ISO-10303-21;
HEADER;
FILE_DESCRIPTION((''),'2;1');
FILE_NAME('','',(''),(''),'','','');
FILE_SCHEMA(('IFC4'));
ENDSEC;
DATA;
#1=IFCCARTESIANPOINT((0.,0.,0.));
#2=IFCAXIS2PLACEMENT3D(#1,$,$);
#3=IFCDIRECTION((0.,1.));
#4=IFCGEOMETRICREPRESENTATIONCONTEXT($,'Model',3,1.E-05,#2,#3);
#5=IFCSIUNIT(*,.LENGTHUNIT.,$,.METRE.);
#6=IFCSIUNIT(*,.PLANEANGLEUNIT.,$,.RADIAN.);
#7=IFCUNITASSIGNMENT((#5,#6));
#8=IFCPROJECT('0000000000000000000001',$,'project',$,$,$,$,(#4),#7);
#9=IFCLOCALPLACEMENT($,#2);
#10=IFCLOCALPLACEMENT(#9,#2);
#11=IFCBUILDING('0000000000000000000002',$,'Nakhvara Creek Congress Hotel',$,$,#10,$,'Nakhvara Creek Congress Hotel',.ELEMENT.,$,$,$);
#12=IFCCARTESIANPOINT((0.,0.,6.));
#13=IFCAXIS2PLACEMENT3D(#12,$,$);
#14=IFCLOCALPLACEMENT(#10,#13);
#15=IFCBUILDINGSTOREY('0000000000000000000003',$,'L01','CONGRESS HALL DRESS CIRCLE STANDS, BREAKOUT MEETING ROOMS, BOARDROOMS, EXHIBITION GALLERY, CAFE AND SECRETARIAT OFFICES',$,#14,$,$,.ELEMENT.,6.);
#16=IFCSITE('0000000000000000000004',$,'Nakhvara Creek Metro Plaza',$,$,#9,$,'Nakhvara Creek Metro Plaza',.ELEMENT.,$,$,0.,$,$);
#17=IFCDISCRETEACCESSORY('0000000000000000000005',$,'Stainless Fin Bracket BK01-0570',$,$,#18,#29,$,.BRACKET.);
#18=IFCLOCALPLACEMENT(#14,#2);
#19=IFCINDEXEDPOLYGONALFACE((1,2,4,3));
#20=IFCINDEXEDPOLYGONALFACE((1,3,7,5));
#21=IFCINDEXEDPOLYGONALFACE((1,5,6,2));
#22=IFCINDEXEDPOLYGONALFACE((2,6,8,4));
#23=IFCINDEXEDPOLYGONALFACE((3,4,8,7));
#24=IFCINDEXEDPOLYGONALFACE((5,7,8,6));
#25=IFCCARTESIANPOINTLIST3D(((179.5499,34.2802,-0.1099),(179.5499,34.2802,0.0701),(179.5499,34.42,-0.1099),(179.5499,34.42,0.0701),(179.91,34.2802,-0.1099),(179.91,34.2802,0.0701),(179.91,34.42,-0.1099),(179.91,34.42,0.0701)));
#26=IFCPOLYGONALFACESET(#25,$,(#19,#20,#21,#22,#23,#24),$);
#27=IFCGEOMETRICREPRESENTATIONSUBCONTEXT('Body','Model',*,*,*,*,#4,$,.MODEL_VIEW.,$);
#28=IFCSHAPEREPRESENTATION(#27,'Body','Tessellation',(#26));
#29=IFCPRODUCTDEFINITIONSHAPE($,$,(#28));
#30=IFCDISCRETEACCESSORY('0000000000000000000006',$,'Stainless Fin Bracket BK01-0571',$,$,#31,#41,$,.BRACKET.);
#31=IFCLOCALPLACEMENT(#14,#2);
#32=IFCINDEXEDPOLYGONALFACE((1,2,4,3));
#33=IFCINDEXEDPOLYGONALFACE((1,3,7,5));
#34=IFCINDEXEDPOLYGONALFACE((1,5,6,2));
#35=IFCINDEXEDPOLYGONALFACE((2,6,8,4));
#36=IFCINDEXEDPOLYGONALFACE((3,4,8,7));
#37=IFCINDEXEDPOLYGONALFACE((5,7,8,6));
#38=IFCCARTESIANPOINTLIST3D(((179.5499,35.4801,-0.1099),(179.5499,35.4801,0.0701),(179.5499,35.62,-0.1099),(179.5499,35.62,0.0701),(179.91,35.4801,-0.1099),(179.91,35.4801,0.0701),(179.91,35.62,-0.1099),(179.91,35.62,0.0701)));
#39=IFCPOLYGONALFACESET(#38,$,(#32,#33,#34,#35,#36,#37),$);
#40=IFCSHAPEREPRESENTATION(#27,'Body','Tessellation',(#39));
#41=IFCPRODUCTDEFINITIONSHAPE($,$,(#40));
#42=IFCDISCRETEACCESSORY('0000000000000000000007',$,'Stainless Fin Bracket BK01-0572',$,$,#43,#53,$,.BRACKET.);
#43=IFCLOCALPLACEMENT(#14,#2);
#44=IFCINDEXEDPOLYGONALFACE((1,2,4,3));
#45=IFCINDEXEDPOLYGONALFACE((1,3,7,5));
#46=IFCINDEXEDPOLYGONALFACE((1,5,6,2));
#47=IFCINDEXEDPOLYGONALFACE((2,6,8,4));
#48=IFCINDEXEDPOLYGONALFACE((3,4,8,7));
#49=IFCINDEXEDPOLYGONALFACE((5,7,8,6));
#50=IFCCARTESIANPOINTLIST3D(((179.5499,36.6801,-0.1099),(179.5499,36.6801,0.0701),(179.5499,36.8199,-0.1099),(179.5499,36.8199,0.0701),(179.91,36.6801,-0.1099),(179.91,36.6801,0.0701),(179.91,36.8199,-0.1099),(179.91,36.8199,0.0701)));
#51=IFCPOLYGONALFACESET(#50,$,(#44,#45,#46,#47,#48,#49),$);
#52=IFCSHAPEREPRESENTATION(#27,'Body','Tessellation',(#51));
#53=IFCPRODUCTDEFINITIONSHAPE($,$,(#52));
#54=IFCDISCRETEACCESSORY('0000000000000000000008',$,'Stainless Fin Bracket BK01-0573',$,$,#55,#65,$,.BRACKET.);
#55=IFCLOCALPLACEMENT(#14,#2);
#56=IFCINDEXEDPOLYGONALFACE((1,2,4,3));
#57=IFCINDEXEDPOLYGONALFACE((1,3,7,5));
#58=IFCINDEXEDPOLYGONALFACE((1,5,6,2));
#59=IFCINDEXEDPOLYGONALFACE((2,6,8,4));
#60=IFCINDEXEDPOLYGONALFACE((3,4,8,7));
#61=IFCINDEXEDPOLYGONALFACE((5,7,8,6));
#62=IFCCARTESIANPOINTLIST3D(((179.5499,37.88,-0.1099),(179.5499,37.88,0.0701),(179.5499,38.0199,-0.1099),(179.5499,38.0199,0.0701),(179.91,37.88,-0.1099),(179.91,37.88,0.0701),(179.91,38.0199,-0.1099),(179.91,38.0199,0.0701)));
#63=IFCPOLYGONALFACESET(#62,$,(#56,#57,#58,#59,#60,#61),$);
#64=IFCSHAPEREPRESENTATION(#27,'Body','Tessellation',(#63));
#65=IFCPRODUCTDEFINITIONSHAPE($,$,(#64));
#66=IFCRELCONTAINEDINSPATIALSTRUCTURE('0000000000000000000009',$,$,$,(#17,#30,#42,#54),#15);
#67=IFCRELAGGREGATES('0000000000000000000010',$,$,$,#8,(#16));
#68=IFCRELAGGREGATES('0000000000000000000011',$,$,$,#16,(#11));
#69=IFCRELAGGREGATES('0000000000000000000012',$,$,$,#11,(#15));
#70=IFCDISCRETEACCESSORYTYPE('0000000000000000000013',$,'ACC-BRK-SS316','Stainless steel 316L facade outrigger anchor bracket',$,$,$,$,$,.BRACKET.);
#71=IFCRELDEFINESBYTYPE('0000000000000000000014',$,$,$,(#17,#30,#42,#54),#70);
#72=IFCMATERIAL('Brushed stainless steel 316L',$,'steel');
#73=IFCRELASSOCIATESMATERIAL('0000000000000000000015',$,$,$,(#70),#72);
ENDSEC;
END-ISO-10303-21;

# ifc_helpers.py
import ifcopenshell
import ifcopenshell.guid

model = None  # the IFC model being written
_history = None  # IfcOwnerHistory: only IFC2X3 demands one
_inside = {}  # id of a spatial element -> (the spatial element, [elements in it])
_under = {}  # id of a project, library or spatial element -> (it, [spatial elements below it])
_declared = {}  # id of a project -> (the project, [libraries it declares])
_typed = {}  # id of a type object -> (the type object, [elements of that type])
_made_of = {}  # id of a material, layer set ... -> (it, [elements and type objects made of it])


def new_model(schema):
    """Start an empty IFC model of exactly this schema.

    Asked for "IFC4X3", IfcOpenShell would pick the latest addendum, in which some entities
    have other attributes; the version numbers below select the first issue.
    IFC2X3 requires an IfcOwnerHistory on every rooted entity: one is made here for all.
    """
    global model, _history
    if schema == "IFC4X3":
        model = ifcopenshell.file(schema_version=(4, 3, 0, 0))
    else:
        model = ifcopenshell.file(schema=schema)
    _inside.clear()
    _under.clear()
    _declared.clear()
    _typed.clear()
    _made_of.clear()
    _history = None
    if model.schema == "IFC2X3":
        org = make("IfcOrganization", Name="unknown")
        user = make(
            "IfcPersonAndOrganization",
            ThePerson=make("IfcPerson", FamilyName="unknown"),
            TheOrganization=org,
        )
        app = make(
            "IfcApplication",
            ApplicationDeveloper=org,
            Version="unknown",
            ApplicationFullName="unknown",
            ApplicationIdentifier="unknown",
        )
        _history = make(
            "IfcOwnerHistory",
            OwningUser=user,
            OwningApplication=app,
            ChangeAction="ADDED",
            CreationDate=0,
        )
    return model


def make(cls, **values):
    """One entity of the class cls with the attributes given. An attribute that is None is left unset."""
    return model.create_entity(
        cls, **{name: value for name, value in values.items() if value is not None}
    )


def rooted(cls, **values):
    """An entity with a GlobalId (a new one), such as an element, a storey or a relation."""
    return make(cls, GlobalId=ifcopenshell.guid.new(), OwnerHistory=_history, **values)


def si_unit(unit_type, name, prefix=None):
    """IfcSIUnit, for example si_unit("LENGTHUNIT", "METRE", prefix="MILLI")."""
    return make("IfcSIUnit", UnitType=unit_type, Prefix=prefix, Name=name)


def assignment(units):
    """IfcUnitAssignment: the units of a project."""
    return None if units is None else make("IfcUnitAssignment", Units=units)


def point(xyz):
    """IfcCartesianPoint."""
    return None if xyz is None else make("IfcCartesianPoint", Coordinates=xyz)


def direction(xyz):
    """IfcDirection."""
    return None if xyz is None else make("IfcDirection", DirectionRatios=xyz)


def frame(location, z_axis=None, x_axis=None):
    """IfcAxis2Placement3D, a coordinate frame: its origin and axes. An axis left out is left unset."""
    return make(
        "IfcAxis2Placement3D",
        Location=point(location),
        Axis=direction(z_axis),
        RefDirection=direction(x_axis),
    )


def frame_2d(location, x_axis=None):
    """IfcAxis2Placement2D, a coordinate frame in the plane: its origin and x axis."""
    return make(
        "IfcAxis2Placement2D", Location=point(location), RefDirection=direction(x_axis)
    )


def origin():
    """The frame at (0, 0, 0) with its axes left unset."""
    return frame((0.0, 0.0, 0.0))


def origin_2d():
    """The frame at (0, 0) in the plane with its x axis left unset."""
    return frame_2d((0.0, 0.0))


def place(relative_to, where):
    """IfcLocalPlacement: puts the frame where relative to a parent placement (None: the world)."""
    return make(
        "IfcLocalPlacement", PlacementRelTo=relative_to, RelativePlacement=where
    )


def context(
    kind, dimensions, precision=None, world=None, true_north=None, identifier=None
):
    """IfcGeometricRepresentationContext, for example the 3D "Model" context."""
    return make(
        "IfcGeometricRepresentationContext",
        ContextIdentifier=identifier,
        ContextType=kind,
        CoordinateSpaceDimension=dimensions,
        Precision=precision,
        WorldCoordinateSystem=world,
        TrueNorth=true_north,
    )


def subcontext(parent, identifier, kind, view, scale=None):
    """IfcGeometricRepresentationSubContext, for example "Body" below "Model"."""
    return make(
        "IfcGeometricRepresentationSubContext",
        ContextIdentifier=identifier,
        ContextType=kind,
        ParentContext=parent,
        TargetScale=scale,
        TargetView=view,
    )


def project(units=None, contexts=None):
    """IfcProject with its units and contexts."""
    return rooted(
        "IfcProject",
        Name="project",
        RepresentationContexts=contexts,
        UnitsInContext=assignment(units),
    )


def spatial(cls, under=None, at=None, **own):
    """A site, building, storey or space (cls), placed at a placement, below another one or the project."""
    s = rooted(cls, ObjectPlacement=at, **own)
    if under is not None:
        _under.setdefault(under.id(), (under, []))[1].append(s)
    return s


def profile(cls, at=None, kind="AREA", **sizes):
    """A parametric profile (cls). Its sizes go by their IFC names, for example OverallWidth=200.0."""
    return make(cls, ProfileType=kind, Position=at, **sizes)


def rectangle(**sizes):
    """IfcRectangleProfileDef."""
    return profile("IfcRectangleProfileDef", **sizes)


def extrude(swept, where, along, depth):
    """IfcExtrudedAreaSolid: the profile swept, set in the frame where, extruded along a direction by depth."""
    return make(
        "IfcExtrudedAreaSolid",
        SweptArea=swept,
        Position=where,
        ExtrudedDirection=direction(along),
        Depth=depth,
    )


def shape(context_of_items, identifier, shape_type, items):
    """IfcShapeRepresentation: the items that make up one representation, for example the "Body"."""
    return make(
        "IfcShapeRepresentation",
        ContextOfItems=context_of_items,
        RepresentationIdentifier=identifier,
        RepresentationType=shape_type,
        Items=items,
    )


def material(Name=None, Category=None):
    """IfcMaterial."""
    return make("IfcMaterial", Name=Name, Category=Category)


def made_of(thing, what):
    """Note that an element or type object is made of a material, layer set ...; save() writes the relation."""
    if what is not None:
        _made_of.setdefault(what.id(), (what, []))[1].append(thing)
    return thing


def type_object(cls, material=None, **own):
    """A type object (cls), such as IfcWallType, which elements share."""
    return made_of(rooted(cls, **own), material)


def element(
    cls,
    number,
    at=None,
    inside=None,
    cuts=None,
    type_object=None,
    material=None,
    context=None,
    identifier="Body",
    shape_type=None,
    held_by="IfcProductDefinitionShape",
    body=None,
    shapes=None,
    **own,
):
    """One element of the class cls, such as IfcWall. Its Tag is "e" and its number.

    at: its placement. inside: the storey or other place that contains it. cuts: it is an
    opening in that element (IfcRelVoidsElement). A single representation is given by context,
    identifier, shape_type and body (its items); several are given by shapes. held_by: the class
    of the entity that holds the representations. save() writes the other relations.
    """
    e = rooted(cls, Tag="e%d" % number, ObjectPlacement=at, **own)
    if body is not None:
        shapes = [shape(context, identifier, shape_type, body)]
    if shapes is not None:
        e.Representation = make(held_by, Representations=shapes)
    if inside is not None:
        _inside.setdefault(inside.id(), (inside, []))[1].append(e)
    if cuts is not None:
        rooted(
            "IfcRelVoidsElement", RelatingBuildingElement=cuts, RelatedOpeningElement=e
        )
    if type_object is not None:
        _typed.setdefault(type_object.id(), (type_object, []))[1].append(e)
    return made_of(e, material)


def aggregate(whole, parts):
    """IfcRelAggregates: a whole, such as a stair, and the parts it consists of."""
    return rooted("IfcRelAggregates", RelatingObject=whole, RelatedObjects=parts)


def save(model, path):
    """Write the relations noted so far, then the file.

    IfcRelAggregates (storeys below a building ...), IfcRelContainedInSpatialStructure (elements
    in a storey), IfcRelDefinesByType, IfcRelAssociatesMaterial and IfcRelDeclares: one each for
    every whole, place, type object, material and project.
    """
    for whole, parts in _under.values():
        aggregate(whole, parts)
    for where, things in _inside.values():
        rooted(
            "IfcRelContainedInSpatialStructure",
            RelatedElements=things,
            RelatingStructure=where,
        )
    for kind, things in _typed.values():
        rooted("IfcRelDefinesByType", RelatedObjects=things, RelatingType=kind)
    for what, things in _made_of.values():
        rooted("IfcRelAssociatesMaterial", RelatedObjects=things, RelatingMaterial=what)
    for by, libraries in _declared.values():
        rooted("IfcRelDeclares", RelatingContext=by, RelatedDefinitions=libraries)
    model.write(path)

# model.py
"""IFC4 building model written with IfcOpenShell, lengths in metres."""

from ifc_helpers import new_model, si_unit, direction, frame, origin, origin_2d, place, context, subcontext, project, spatial, rectangle, extrude, material, type_object, element, save


model = new_model("IFC4")

# Units and contexts
model_context = context("Model", 3, precision=1e-05, world=origin(), true_north=direction((0.0, 1.0)))
body_context = subcontext(model_context, "Body", "Model", "MODEL_VIEW")
ifc_project = project(units=[si_unit("LENGTHUNIT", "METRE"), si_unit("PLANEANGLEUNIT", "RADIAN")], contexts=[model_context])

# Site, building, storey
site_placement = place(None, origin())
site = spatial("IfcSite", under=ifc_project, at=site_placement, Name="Nakhvara Creek Metro Plaza", LongName="Nakhvara Creek Metro Plaza", CompositionType="ELEMENT", RefElevation=0.0)
building_placement = place(site_placement, origin())
building = spatial("IfcBuilding", under=site, at=building_placement, Name="Nakhvara Creek Congress Hotel", LongName="Nakhvara Creek Congress Hotel", CompositionType="ELEMENT")
storey_placement = place(building_placement, frame((0.0, 0.0, 6.0)))
storey = spatial("IfcBuildingStorey", under=building, at=storey_placement, Name="L01", Description="CONGRESS HALL DRESS CIRCLE STANDS, BREAKOUT MEETING ROOMS, BOARDROOMS, EXHIBITION GALLERY, CAFE AND SECRETARIAT OFFICES", CompositionType="ELEMENT", Elevation=6.0)

# Discrete accessories
ifc_material_1 = material(Name="Brushed stainless steel 316L", Category="steel")
discrete_accessory_type = type_object("IfcDiscreteAccessoryType", Name="ACC-BRK-SS316", Description="Stainless steel 316L facade outrigger anchor bracket", PredefinedType="BRACKET", material=ifc_material_1)
for number, where, z_axis, x_axis, name in (
    (1, (179.73, 34.3501, -0.1099), (0.0, 0.0, 1.0), (0.0, 1.0, 0.0), "Stainless Fin Bracket BK01-0570"),
    (2, (179.73, 35.55, -0.1099), (0.0, 0.0, 1.0), (0.0, 1.0, 0.0), "Stainless Fin Bracket BK01-0571"),
    (3, (179.73, 36.75, -0.1099), (0.0, 0.0, 1.0), (0.0, 1.0, 0.0), "Stainless Fin Bracket BK01-0572"),
    (4, (179.73, 37.95, -0.1099), (0.0, 0.0, 1.0), (0.0, 1.0, 0.0), "Stainless Fin Bracket BK01-0573"),
):
    element("IfcDiscreteAccessory", number, at=place(storey_placement, frame(where, z_axis=z_axis, x_axis=x_axis)), inside=storey, type_object=discrete_accessory_type, Name=name, PredefinedType="BRACKET", context=body_context, shape_type="SweptSolid", body=[
        extrude(rectangle(XDim=0.1399, YDim=0.3601, at=origin_2d()), origin(), (0.0, 0.0, 1.0), 0.1799),
    ])

save(model, "model.ifc")
